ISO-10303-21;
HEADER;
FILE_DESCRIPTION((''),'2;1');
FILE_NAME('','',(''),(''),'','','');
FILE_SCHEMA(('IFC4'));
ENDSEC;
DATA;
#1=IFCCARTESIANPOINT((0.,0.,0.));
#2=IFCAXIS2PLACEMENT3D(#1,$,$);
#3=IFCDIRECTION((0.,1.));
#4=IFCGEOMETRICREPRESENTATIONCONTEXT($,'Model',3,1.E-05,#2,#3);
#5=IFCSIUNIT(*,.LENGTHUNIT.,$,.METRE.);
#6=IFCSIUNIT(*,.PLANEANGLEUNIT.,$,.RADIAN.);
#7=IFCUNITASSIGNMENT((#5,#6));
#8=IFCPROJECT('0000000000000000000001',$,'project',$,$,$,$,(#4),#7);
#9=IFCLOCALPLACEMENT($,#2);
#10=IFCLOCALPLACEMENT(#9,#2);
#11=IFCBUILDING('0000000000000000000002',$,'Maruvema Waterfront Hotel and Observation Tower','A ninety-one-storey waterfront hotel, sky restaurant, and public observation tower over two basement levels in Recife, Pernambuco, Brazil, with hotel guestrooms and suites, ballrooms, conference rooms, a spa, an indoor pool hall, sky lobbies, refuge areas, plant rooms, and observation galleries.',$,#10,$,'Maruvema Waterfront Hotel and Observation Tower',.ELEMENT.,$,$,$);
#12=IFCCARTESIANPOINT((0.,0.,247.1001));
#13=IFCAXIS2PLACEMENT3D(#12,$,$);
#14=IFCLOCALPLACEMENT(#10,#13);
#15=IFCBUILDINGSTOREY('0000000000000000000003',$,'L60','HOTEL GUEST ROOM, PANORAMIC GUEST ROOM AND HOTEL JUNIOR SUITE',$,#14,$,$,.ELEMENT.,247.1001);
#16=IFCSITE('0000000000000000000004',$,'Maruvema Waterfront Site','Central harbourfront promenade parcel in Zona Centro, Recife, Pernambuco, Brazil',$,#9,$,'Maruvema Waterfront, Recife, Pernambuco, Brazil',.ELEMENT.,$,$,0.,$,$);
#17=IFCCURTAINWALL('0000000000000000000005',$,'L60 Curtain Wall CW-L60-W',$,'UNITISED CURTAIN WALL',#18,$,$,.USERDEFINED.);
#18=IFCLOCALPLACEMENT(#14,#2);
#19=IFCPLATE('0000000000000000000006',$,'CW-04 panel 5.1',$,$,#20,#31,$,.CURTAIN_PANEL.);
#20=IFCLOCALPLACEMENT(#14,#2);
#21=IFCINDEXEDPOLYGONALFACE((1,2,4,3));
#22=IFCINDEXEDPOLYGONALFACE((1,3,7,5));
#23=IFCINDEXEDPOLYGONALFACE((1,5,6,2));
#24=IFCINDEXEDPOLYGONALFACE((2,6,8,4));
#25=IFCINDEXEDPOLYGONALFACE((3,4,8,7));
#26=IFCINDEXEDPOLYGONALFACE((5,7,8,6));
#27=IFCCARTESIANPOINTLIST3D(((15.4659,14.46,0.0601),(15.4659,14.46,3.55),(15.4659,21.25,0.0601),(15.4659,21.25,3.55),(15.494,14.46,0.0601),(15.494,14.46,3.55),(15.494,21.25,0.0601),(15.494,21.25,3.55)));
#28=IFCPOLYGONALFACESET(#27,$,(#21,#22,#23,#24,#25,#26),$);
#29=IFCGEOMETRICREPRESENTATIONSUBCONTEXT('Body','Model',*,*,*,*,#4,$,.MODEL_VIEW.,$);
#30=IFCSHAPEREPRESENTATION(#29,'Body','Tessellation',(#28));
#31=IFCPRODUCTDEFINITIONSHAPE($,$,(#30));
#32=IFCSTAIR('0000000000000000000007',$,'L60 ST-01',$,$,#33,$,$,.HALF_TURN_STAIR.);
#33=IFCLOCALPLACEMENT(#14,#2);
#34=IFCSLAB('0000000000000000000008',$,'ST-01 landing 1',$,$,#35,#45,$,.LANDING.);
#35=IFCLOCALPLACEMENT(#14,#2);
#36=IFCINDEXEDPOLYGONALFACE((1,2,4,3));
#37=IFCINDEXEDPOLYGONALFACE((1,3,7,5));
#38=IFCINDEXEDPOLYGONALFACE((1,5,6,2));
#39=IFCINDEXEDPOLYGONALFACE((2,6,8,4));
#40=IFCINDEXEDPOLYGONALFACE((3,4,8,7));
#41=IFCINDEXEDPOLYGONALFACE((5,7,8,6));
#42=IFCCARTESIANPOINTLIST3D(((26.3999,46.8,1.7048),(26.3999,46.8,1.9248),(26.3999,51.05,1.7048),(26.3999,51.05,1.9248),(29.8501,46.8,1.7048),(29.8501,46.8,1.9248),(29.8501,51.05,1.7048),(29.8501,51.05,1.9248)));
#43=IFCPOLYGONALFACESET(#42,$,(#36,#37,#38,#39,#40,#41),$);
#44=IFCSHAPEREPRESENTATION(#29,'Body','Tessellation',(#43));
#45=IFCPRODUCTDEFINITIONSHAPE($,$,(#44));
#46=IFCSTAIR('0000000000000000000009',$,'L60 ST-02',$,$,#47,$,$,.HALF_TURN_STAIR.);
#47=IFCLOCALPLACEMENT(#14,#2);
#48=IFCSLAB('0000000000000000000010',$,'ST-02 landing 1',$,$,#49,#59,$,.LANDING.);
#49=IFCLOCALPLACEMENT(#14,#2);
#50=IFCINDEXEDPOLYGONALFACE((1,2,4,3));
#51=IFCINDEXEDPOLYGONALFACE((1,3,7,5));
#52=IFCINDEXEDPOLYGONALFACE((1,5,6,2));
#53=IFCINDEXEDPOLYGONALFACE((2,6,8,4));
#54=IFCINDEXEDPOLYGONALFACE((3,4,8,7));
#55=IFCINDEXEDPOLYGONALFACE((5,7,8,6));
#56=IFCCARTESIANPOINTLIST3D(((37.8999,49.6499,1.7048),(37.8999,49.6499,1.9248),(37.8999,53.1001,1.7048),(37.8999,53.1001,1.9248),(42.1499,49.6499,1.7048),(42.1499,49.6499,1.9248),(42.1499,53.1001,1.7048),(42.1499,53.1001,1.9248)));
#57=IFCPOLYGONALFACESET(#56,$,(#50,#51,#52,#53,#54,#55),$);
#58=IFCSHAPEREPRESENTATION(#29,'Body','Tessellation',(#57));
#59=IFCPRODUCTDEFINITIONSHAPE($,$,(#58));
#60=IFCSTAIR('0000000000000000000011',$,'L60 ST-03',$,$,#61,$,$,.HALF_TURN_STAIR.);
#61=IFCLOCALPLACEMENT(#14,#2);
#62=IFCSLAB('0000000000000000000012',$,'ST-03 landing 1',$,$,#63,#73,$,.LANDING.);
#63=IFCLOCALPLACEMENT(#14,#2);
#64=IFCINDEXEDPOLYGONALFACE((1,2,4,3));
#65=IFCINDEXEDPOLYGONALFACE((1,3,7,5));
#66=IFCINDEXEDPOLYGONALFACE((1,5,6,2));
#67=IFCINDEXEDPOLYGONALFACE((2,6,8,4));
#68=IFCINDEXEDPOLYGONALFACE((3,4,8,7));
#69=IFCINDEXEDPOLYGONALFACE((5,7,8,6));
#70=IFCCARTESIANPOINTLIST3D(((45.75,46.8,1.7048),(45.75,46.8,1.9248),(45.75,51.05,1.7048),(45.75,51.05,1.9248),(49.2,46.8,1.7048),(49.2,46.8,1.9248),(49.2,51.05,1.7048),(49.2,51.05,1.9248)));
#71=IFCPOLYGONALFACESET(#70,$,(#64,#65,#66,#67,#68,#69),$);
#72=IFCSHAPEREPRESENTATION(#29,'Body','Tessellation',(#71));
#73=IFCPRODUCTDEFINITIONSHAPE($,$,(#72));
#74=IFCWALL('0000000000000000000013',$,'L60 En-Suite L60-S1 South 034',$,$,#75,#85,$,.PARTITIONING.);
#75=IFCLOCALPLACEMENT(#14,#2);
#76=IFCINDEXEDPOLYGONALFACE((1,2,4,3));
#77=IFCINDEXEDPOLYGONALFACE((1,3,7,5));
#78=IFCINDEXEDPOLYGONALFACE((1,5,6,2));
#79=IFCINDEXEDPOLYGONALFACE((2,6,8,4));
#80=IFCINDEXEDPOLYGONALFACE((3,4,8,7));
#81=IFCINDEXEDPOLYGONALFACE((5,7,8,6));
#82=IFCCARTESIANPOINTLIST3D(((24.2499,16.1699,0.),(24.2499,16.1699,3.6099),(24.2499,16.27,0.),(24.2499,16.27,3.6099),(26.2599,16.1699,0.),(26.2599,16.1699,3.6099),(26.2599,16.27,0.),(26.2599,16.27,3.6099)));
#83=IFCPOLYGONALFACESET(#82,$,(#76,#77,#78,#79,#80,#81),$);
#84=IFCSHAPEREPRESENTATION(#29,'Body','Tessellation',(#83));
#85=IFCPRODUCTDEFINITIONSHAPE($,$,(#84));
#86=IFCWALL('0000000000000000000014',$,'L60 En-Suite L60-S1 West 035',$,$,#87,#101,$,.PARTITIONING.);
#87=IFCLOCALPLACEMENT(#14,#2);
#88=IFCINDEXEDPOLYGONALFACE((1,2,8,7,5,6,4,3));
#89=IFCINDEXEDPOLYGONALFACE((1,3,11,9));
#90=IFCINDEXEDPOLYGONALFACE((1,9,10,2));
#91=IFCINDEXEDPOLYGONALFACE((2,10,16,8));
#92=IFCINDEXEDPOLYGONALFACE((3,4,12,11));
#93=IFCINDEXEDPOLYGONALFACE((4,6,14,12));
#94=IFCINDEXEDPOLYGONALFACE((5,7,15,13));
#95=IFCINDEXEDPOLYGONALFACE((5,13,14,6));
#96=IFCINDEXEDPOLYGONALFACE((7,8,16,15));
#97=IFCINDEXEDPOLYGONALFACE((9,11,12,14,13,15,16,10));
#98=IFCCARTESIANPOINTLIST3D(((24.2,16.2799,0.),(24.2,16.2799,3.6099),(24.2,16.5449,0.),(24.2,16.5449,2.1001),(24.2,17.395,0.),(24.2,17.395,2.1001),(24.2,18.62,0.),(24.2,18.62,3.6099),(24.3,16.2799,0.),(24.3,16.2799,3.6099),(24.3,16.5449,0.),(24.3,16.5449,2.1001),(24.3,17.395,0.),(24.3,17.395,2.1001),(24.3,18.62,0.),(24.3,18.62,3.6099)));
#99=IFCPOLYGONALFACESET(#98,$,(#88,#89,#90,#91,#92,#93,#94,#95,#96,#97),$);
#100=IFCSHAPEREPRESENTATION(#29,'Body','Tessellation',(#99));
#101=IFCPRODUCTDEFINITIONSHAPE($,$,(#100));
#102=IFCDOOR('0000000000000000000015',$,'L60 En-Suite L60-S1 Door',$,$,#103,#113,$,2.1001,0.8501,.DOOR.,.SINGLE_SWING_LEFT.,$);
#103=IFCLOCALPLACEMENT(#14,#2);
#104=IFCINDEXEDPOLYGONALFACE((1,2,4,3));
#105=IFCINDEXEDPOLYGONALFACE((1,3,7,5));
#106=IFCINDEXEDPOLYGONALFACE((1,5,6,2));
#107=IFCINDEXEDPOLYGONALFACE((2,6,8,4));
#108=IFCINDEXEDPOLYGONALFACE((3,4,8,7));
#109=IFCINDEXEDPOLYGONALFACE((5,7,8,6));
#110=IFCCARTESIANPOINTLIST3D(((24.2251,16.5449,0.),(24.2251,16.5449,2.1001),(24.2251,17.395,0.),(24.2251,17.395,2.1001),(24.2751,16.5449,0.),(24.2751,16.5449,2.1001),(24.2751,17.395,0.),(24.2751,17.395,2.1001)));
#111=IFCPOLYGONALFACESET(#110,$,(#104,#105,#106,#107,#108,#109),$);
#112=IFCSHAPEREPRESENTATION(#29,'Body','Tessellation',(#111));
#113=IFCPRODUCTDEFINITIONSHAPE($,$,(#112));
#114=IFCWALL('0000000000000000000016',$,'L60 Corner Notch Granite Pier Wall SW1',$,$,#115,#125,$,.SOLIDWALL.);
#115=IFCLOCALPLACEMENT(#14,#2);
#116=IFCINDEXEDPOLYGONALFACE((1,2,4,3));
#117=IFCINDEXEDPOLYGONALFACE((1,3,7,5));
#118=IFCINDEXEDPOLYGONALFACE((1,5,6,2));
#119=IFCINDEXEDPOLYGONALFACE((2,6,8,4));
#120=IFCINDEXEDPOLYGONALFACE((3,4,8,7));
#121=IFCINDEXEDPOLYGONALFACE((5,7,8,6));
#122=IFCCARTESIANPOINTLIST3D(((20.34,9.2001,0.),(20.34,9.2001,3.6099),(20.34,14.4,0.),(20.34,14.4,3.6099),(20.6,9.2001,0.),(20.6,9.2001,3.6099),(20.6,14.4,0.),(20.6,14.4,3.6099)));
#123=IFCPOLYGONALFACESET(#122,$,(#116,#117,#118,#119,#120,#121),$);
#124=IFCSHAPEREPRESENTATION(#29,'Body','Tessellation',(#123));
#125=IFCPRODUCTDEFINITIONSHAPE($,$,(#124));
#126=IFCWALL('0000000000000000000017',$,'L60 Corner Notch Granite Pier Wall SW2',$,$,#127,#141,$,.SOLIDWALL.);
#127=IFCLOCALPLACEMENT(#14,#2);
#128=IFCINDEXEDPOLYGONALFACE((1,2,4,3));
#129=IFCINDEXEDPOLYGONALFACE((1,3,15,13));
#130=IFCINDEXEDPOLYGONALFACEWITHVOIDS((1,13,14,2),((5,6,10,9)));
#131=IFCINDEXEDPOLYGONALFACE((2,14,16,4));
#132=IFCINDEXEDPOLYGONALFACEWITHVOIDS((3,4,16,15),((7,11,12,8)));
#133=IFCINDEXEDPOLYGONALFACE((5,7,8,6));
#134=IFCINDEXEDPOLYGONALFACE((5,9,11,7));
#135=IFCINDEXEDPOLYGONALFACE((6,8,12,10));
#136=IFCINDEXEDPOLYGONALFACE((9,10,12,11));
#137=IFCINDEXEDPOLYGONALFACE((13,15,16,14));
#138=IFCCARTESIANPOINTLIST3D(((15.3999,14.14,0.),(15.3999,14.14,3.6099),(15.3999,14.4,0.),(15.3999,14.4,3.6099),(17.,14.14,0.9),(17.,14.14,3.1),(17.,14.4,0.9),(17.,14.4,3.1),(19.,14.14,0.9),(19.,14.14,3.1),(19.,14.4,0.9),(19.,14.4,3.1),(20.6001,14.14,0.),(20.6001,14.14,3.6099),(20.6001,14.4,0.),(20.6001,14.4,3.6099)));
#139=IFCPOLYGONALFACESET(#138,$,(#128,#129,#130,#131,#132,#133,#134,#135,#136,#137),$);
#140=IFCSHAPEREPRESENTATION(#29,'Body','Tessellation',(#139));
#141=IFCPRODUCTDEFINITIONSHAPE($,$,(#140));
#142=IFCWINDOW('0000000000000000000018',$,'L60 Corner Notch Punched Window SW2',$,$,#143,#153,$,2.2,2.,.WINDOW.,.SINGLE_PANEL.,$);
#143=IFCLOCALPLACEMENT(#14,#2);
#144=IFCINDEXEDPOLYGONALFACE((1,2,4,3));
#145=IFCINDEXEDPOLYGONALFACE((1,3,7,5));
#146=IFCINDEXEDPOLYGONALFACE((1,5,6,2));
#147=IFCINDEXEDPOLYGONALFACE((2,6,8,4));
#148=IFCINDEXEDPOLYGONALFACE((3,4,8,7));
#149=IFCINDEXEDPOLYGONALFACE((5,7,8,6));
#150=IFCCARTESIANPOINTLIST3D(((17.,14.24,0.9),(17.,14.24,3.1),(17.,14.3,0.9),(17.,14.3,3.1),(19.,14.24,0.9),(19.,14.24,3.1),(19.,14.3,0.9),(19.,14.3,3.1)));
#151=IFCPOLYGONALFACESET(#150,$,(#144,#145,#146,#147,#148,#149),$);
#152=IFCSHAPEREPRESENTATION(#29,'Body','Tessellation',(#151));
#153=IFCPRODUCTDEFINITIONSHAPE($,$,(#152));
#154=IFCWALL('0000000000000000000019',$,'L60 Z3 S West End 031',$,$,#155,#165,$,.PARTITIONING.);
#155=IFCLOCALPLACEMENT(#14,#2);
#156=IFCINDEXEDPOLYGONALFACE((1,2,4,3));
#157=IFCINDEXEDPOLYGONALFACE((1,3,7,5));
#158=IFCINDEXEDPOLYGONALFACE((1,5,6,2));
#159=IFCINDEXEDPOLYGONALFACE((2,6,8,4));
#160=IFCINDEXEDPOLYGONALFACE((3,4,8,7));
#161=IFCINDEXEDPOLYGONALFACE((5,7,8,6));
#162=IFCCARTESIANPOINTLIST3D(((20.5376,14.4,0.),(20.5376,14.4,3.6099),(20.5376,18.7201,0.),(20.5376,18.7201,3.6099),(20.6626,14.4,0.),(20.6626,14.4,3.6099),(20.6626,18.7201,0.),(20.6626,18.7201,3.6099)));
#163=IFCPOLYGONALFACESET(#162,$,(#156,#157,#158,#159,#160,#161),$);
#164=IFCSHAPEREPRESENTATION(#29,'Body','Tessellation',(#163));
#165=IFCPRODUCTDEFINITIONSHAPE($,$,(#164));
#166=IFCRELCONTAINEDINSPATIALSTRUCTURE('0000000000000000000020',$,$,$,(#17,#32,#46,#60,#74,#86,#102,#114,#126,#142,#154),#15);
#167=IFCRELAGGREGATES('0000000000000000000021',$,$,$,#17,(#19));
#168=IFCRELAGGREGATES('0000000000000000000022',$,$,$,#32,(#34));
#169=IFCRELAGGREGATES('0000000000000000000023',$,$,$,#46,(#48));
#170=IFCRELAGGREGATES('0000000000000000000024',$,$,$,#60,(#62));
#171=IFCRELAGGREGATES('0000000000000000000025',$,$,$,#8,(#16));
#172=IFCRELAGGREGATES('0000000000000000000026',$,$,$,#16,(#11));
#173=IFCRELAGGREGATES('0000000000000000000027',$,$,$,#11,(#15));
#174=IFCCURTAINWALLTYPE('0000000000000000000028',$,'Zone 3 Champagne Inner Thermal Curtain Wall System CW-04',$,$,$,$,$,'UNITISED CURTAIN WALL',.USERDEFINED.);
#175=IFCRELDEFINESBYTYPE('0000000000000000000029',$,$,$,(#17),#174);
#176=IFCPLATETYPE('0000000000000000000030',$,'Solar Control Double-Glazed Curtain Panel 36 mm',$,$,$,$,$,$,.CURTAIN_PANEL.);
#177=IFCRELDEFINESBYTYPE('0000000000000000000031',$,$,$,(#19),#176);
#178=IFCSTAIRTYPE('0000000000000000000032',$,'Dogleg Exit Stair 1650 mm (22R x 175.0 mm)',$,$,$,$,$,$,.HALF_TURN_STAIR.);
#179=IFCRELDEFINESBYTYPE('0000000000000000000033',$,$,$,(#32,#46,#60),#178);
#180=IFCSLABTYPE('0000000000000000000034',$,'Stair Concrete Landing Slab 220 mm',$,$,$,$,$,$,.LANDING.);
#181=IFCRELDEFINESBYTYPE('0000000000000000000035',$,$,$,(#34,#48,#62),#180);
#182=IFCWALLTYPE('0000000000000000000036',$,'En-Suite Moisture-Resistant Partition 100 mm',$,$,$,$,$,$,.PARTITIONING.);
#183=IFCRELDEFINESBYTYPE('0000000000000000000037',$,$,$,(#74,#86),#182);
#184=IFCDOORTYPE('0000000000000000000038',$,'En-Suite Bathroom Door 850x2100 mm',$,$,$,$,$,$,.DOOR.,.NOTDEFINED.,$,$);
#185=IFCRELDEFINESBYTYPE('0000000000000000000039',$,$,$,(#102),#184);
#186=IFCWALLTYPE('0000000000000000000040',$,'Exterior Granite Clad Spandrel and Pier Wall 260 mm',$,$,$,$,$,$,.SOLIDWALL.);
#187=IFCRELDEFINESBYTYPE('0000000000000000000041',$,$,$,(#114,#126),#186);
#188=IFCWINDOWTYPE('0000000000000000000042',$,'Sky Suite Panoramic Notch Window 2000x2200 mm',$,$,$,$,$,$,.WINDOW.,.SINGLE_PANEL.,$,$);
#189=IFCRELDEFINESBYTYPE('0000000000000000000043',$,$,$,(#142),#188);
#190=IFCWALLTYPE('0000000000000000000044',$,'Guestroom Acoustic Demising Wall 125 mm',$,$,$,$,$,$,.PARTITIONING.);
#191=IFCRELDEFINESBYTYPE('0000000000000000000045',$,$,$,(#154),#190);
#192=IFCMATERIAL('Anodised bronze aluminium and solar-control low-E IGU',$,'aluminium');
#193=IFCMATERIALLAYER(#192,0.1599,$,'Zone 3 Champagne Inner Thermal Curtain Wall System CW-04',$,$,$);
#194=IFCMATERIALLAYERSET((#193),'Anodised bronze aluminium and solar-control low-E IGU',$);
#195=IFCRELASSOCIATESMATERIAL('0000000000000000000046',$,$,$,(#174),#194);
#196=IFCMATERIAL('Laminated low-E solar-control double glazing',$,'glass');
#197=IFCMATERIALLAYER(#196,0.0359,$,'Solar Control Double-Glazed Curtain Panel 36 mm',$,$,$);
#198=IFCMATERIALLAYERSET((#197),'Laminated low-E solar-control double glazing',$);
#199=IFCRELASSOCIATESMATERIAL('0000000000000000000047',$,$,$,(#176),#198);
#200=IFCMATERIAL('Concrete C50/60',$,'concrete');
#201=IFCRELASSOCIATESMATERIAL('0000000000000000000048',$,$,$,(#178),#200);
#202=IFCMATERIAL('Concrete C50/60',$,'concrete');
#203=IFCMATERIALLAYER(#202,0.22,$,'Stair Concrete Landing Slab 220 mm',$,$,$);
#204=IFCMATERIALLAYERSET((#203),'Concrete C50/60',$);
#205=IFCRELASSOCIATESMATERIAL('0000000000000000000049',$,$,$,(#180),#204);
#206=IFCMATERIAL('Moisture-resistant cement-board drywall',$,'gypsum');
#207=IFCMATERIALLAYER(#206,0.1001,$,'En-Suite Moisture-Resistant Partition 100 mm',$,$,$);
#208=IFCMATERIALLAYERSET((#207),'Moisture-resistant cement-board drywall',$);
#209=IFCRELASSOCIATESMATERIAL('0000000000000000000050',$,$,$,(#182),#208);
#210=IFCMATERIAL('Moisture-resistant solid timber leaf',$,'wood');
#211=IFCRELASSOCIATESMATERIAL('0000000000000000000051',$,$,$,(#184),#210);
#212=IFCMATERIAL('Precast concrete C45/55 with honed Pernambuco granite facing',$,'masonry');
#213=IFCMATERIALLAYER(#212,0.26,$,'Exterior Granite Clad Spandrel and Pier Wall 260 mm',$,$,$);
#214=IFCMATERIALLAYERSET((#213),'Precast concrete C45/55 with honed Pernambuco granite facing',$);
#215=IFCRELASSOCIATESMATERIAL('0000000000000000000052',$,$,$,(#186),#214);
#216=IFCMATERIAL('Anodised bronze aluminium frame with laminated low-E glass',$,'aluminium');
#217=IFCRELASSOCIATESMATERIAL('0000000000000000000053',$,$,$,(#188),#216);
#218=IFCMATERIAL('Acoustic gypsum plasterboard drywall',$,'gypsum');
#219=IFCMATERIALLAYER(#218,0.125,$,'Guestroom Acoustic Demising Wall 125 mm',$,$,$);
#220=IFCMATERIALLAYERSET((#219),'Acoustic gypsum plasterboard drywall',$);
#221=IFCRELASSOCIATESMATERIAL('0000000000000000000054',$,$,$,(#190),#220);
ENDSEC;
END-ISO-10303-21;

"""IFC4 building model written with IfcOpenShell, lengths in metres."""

from ifc_helpers import new_model, si_unit, direction, frame, frame_2d, origin, origin_2d, place, context, subcontext, project, spatial, polyline, rectangle, outline, extrude, material, layer, layer_set, type_object, element, fill, aggregate, save


model = new_model("IFC4")

# Units and contexts
model_context = context("Model", 3, precision=1e-05, world=origin(), true_north=direction((0.0, 1.0)))
body_context = subcontext(model_context, "Body", "Model", "MODEL_VIEW")
ifc_project = project(units=[si_unit("LENGTHUNIT", "METRE"), si_unit("PLANEANGLEUNIT", "RADIAN")], contexts=[model_context])

# Site, building, storey
site_placement = place(None, origin())
site = spatial("IfcSite", under=ifc_project, at=site_placement, Name="Maruvema Waterfront Site", Description="Central harbourfront promenade parcel in Zona Centro, Recife, Pernambuco, Brazil", LongName="Maruvema Waterfront, Recife, Pernambuco, Brazil", CompositionType="ELEMENT", RefElevation=0.0)
building_placement = place(site_placement, origin())
building = spatial("IfcBuilding", under=site, at=building_placement, Name="Maruvema Waterfront Hotel and Observation Tower", Description="A ninety-one-storey waterfront hotel, sky restaurant, and public observation tower over two basement levels in Recife, Pernambuco, Brazil, with hotel guestrooms and suites, ballrooms, conference rooms, a spa, an indoor pool hall, sky lobbies, refuge areas, plant rooms, and observation galleries.", LongName="Maruvema Waterfront Hotel and Observation Tower", CompositionType="ELEMENT")
storey_placement = place(building_placement, frame((0.0, 0.0, 247.1001)))
storey = spatial("IfcBuildingStorey", under=building, at=storey_placement, Name="L60", Description="HOTEL GUEST ROOM, PANORAMIC GUEST ROOM AND HOTEL JUNIOR SUITE", CompositionType="ELEMENT", Elevation=247.1001)

# Shared definitions
ifc_material_1 = material(Name="Anodised bronze aluminium and solar-control low-E IGU", Category="aluminium")
ifc_layer_1 = layer(ifc_material_1, 0.1599, Name="Zone 3 Champagne Inner Thermal Curtain Wall System CW-04")
ifc_layer_set_1 = layer_set([ifc_layer_1], Name="Anodised bronze aluminium and solar-control low-E IGU")
curtain_wall_type = type_object("IfcCurtainWallType", Name="Zone 3 Champagne Inner Thermal Curtain Wall System CW-04", ElementType="UNITISED CURTAIN WALL", PredefinedType="USERDEFINED", material=ifc_layer_set_1)

# Curtain wall
curtain_wall_1_placement = place(storey_placement, origin())
curtain_wall_1 = element("IfcCurtainWall", 1, at=curtain_wall_1_placement, inside=storey, type_object=curtain_wall_type, Name="L60 Curtain Wall CW-L60-W", ObjectType="UNITISED CURTAIN WALL", PredefinedType="USERDEFINED")

# Plate
ifc_material_2 = material(Name="Laminated low-E solar-control double glazing", Category="glass")
ifc_layer_2 = layer(ifc_material_2, 0.0359, Name="Solar Control Double-Glazed Curtain Panel 36 mm")
ifc_layer_set_2 = layer_set([ifc_layer_2], Name="Laminated low-E solar-control double glazing")
plate_type = type_object("IfcPlateType", Name="Solar Control Double-Glazed Curtain Panel 36 mm", PredefinedType="CURTAIN_PANEL", material=ifc_layer_set_2)
plate_1_placement = place(storey_placement, frame((15.48, 17.855, 0.0601), z_axis=(0.0, 0.0, 1.0), x_axis=(0.0, -1.0, 0.0)))
plate_1 = element("IfcPlate", 2, at=plate_1_placement, type_object=plate_type, Name="CW-04 panel 5.1", PredefinedType="CURTAIN_PANEL", context=body_context, shape_type="SweptSolid", body=[
    extrude(rectangle(XDim=6.79, YDim=0.0281, at=origin_2d()), origin(), (0.0, 0.0, 1.0), 3.49),
])
aggregate(curtain_wall_1, [plate_1])

# Stairs, slabs
ifc_material_3 = material(Name="Concrete C50/60", Category="concrete")
stair_type = type_object("IfcStairType", Name="Dogleg Exit Stair 1650 mm (22R x 175.0 mm)", PredefinedType="HALF_TURN_STAIR", material=ifc_material_3)
stair_1_placement = place(storey_placement, origin())
stair_1 = element("IfcStair", 3, at=stair_1_placement, inside=storey, type_object=stair_type, Name="L60 ST-01", PredefinedType="HALF_TURN_STAIR")
ifc_material_4 = material(Name="Concrete C50/60", Category="concrete")
ifc_layer_3 = layer(ifc_material_4, 0.22, Name="Stair Concrete Landing Slab 220 mm")
ifc_layer_set_3 = layer_set([ifc_layer_3], Name="Concrete C50/60")
slab_type_1 = type_object("IfcSlabType", Name="Stair Concrete Landing Slab 220 mm", PredefinedType="LANDING", material=ifc_layer_set_3)
slab_1_placement = place(storey_placement, frame((0.0, 0.0, 1.7048)))
slab_1 = element("IfcSlab", 4, at=slab_1_placement, type_object=slab_type_1, Name="ST-01 landing 1", PredefinedType="LANDING", context=body_context, shape_type="SweptSolid", body=[
    extrude(outline(polyline([(29.8501, 46.8), (29.8501, 51.05), (26.3999, 51.05), (26.3999, 46.8), (29.8501, 46.8)])), origin(), (0.0, 0.0, 1.0), 0.22),
])
aggregate(stair_1, [slab_1])
stair_2_placement = place(storey_placement, origin())
stair_2 = element("IfcStair", 5, at=stair_2_placement, inside=storey, type_object=stair_type, Name="L60 ST-02", PredefinedType="HALF_TURN_STAIR")
slab_2_placement = place(storey_placement, frame((0.0, 0.0, 1.7048)))
slab_2 = element("IfcSlab", 6, at=slab_2_placement, type_object=slab_type_1, Name="ST-02 landing 1", PredefinedType="LANDING", context=body_context, shape_type="SweptSolid", body=[
    extrude(outline(polyline([(37.8999, 49.6499), (42.1499, 49.6499), (42.1499, 53.1001), (37.8999, 53.1001), (37.8999, 49.6499)])), origin(), (0.0, 0.0, 1.0), 0.22),
])
aggregate(stair_2, [slab_2])
stair_3_placement = place(storey_placement, origin())
stair_3 = element("IfcStair", 7, at=stair_3_placement, inside=storey, type_object=stair_type, Name="L60 ST-03", PredefinedType="HALF_TURN_STAIR")
slab_3_placement = place(storey_placement, frame((0.0, 0.0, 1.7048)))
slab_3 = element("IfcSlab", 8, at=slab_3_placement, type_object=slab_type_1, Name="ST-03 landing 1", PredefinedType="LANDING", context=body_context, shape_type="SweptSolid", body=[
    extrude(outline(polyline([(49.2, 46.8), (49.2, 51.05), (45.75, 51.05), (45.75, 46.8), (49.2, 46.8)])), origin(), (0.0, 0.0, 1.0), 0.22),
])
aggregate(stair_3, [slab_3])

# Wall
ifc_material_5 = material(Name="Moisture-resistant cement-board drywall", Category="gypsum")
ifc_layer_4 = layer(ifc_material_5, 0.1001, Name="En-Suite Moisture-Resistant Partition 100 mm")
ifc_layer_set_4 = layer_set([ifc_layer_4], Name="Moisture-resistant cement-board drywall")
wall_type_1 = type_object("IfcWallType", Name="En-Suite Moisture-Resistant Partition 100 mm", PredefinedType="PARTITIONING", material=ifc_layer_set_4)
wall_1_placement = place(storey_placement, frame((24.25, 16.22, 0.0), z_axis=(0.0, 0.0, 1.0), x_axis=(1.0, 0.0, 0.0)))
element("IfcWall", 9, at=wall_1_placement, inside=storey, type_object=wall_type_1, Name="L60 En-Suite L60-S1 South 034", PredefinedType="PARTITIONING", context=body_context, shape_type="SweptSolid", body=[
    extrude(rectangle(XDim=2.01, YDim=0.1001, at=frame_2d((1.0049, 0.0))), origin(), (0.0, 0.0, 1.0), 3.6099),
])

# Wall, opening, door
wall_2_placement = place(storey_placement, frame((24.25, 16.28, 0.0), z_axis=(0.0, 0.0, 1.0), x_axis=(0.0, 1.0, 0.0)))
wall_2 = element("IfcWall", 10, at=wall_2_placement, inside=storey, type_object=wall_type_1, Name="L60 En-Suite L60-S1 West 035", PredefinedType="PARTITIONING", context=body_context, shape_type="SweptSolid", body=[
    extrude(rectangle(XDim=2.3401, YDim=0.1001, at=frame_2d((1.1699, 0.0))), origin(), (0.0, 0.0, 1.0), 3.6099),
])
opening_1_placement = place(wall_2_placement, frame((0.2649, 0.0, 0.0)))
opening_1 = element("IfcOpeningElement", 11, at=opening_1_placement, cuts=wall_2, PredefinedType="OPENING", context=body_context, shape_type="SweptSolid", body=[
    extrude(rectangle(XDim=0.8501, YDim=2.1001, at=frame_2d((0.425, 1.05))), frame((0.0, 0.0601, 0.0), z_axis=(0.0, -1.0, 0.0), x_axis=(1.0, 0.0, 0.0)), (0.0, 0.0, 1.0), 0.1201),
])
ifc_material_6 = material(Name="Moisture-resistant solid timber leaf", Category="wood")
door_type = type_object("IfcDoorType", Name="En-Suite Bathroom Door 850x2100 mm", OperationType="NOTDEFINED", PredefinedType="DOOR", material=ifc_material_6)
door_placement = place(opening_1_placement, origin())
door = element("IfcDoor", 12, at=door_placement, inside=storey, type_object=door_type, Name="L60 En-Suite L60-S1 Door", OperationType="SINGLE_SWING_LEFT", OverallHeight=2.1001, OverallWidth=0.8501, PredefinedType="DOOR", context=body_context, shape_type="SweptSolid", body=[
    extrude(rectangle(XDim=0.8501, YDim=2.1001, at=frame_2d((0.425, 1.05))), frame((0.0, 0.0249, 0.0), z_axis=(0.0, -1.0, 0.0), x_axis=(1.0, 0.0, 0.0)), (0.0, 0.0, 1.0), 0.05),
])
fill(opening_1, door)

# Wall
ifc_material_7 = material(Name="Precast concrete C45/55 with honed Pernambuco granite facing", Category="masonry")
ifc_layer_5 = layer(ifc_material_7, 0.26, Name="Exterior Granite Clad Spandrel and Pier Wall 260 mm")
ifc_layer_set_5 = layer_set([ifc_layer_5], Name="Precast concrete C45/55 with honed Pernambuco granite facing")
wall_type_2 = type_object("IfcWallType", Name="Exterior Granite Clad Spandrel and Pier Wall 260 mm", PredefinedType="SOLIDWALL", material=ifc_layer_set_5)
wall_3_placement = place(storey_placement, frame((20.47, 9.2, 0.0), z_axis=(0.0, 0.0, 1.0), x_axis=(0.0, 1.0, 0.0)))
element("IfcWall", 13, at=wall_3_placement, inside=storey, type_object=wall_type_2, Name="L60 Corner Notch Granite Pier Wall SW1", PredefinedType="SOLIDWALL", context=body_context, shape_type="SweptSolid", body=[
    extrude(rectangle(XDim=5.2, YDim=0.26, at=frame_2d((2.6001, 0.0))), origin(), (0.0, 0.0, 1.0), 3.6099),
])

# Wall, opening, window
wall_4_placement = place(storey_placement, frame((20.6001, 14.27, 0.0), z_axis=(0.0, 0.0, 1.0), x_axis=(-1.0, 0.0, 0.0)))
wall_4 = element("IfcWall", 14, at=wall_4_placement, inside=storey, type_object=wall_type_2, Name="L60 Corner Notch Granite Pier Wall SW2", PredefinedType="SOLIDWALL", context=body_context, shape_type="SweptSolid", body=[
    extrude(rectangle(XDim=5.2002, YDim=0.26, at=frame_2d((2.6001, 0.0))), origin(), (0.0, 0.0, 1.0), 3.6099),
])
opening_2_placement = place(wall_4_placement, frame((1.6001, 0.0, 0.8999)))
opening_2 = element("IfcOpeningElement", 15, at=opening_2_placement, cuts=wall_4, PredefinedType="OPENING", context=body_context, shape_type="SweptSolid", body=[
    extrude(rectangle(XDim=2.0, YDim=2.2, at=frame_2d((1.0, 1.1001))), frame((0.0, 0.1401, 0.0), z_axis=(0.0, -1.0, 0.0), x_axis=(1.0, 0.0, 0.0)), (0.0, 0.0, 1.0), 0.28),
])
ifc_material_8 = material(Name="Anodised bronze aluminium frame with laminated low-E glass", Category="aluminium")
window_type = type_object("IfcWindowType", Name="Sky Suite Panoramic Notch Window 2000x2200 mm", PartitioningType="SINGLE_PANEL", PredefinedType="WINDOW", material=ifc_material_8)
window_placement = place(opening_2_placement, origin())
window = element("IfcWindow", 16, at=window_placement, inside=storey, type_object=window_type, Name="L60 Corner Notch Punched Window SW2", OverallHeight=2.2, OverallWidth=2.0, PartitioningType="SINGLE_PANEL", PredefinedType="WINDOW", context=body_context, shape_type="SweptSolid", body=[
    extrude(rectangle(XDim=2.0, YDim=2.2, at=frame_2d((1.0, 1.1001))), frame((0.0, 0.03, 0.0), z_axis=(0.0, -1.0, 0.0), x_axis=(1.0, 0.0, 0.0)), (0.0, 0.0, 1.0), 0.0601),
])
fill(opening_2, window)

# Wall
ifc_material_9 = material(Name="Acoustic gypsum plasterboard drywall", Category="gypsum")
ifc_layer_6 = layer(ifc_material_9, 0.125, Name="Guestroom Acoustic Demising Wall 125 mm")
ifc_layer_set_6 = layer_set([ifc_layer_6], Name="Acoustic gypsum plasterboard drywall")
wall_type_3 = type_object("IfcWallType", Name="Guestroom Acoustic Demising Wall 125 mm", PredefinedType="PARTITIONING", material=ifc_layer_set_6)
wall_5_placement = place(storey_placement, frame((20.6001, 14.3999, 0.0), z_axis=(0.0, 0.0, 1.0), x_axis=(0.0, 1.0, 0.0)))
element("IfcWall", 17, at=wall_5_placement, inside=storey, type_object=wall_type_3, Name="L60 Z3 S West End 031", PredefinedType="PARTITIONING", context=body_context, shape_type="SweptSolid", body=[
    extrude(rectangle(XDim=4.3201, YDim=0.125, at=frame_2d((2.1602, 0.0))), origin(), (0.0, 0.0, 1.0), 3.6099),
])

save(model, "model.ifc")
